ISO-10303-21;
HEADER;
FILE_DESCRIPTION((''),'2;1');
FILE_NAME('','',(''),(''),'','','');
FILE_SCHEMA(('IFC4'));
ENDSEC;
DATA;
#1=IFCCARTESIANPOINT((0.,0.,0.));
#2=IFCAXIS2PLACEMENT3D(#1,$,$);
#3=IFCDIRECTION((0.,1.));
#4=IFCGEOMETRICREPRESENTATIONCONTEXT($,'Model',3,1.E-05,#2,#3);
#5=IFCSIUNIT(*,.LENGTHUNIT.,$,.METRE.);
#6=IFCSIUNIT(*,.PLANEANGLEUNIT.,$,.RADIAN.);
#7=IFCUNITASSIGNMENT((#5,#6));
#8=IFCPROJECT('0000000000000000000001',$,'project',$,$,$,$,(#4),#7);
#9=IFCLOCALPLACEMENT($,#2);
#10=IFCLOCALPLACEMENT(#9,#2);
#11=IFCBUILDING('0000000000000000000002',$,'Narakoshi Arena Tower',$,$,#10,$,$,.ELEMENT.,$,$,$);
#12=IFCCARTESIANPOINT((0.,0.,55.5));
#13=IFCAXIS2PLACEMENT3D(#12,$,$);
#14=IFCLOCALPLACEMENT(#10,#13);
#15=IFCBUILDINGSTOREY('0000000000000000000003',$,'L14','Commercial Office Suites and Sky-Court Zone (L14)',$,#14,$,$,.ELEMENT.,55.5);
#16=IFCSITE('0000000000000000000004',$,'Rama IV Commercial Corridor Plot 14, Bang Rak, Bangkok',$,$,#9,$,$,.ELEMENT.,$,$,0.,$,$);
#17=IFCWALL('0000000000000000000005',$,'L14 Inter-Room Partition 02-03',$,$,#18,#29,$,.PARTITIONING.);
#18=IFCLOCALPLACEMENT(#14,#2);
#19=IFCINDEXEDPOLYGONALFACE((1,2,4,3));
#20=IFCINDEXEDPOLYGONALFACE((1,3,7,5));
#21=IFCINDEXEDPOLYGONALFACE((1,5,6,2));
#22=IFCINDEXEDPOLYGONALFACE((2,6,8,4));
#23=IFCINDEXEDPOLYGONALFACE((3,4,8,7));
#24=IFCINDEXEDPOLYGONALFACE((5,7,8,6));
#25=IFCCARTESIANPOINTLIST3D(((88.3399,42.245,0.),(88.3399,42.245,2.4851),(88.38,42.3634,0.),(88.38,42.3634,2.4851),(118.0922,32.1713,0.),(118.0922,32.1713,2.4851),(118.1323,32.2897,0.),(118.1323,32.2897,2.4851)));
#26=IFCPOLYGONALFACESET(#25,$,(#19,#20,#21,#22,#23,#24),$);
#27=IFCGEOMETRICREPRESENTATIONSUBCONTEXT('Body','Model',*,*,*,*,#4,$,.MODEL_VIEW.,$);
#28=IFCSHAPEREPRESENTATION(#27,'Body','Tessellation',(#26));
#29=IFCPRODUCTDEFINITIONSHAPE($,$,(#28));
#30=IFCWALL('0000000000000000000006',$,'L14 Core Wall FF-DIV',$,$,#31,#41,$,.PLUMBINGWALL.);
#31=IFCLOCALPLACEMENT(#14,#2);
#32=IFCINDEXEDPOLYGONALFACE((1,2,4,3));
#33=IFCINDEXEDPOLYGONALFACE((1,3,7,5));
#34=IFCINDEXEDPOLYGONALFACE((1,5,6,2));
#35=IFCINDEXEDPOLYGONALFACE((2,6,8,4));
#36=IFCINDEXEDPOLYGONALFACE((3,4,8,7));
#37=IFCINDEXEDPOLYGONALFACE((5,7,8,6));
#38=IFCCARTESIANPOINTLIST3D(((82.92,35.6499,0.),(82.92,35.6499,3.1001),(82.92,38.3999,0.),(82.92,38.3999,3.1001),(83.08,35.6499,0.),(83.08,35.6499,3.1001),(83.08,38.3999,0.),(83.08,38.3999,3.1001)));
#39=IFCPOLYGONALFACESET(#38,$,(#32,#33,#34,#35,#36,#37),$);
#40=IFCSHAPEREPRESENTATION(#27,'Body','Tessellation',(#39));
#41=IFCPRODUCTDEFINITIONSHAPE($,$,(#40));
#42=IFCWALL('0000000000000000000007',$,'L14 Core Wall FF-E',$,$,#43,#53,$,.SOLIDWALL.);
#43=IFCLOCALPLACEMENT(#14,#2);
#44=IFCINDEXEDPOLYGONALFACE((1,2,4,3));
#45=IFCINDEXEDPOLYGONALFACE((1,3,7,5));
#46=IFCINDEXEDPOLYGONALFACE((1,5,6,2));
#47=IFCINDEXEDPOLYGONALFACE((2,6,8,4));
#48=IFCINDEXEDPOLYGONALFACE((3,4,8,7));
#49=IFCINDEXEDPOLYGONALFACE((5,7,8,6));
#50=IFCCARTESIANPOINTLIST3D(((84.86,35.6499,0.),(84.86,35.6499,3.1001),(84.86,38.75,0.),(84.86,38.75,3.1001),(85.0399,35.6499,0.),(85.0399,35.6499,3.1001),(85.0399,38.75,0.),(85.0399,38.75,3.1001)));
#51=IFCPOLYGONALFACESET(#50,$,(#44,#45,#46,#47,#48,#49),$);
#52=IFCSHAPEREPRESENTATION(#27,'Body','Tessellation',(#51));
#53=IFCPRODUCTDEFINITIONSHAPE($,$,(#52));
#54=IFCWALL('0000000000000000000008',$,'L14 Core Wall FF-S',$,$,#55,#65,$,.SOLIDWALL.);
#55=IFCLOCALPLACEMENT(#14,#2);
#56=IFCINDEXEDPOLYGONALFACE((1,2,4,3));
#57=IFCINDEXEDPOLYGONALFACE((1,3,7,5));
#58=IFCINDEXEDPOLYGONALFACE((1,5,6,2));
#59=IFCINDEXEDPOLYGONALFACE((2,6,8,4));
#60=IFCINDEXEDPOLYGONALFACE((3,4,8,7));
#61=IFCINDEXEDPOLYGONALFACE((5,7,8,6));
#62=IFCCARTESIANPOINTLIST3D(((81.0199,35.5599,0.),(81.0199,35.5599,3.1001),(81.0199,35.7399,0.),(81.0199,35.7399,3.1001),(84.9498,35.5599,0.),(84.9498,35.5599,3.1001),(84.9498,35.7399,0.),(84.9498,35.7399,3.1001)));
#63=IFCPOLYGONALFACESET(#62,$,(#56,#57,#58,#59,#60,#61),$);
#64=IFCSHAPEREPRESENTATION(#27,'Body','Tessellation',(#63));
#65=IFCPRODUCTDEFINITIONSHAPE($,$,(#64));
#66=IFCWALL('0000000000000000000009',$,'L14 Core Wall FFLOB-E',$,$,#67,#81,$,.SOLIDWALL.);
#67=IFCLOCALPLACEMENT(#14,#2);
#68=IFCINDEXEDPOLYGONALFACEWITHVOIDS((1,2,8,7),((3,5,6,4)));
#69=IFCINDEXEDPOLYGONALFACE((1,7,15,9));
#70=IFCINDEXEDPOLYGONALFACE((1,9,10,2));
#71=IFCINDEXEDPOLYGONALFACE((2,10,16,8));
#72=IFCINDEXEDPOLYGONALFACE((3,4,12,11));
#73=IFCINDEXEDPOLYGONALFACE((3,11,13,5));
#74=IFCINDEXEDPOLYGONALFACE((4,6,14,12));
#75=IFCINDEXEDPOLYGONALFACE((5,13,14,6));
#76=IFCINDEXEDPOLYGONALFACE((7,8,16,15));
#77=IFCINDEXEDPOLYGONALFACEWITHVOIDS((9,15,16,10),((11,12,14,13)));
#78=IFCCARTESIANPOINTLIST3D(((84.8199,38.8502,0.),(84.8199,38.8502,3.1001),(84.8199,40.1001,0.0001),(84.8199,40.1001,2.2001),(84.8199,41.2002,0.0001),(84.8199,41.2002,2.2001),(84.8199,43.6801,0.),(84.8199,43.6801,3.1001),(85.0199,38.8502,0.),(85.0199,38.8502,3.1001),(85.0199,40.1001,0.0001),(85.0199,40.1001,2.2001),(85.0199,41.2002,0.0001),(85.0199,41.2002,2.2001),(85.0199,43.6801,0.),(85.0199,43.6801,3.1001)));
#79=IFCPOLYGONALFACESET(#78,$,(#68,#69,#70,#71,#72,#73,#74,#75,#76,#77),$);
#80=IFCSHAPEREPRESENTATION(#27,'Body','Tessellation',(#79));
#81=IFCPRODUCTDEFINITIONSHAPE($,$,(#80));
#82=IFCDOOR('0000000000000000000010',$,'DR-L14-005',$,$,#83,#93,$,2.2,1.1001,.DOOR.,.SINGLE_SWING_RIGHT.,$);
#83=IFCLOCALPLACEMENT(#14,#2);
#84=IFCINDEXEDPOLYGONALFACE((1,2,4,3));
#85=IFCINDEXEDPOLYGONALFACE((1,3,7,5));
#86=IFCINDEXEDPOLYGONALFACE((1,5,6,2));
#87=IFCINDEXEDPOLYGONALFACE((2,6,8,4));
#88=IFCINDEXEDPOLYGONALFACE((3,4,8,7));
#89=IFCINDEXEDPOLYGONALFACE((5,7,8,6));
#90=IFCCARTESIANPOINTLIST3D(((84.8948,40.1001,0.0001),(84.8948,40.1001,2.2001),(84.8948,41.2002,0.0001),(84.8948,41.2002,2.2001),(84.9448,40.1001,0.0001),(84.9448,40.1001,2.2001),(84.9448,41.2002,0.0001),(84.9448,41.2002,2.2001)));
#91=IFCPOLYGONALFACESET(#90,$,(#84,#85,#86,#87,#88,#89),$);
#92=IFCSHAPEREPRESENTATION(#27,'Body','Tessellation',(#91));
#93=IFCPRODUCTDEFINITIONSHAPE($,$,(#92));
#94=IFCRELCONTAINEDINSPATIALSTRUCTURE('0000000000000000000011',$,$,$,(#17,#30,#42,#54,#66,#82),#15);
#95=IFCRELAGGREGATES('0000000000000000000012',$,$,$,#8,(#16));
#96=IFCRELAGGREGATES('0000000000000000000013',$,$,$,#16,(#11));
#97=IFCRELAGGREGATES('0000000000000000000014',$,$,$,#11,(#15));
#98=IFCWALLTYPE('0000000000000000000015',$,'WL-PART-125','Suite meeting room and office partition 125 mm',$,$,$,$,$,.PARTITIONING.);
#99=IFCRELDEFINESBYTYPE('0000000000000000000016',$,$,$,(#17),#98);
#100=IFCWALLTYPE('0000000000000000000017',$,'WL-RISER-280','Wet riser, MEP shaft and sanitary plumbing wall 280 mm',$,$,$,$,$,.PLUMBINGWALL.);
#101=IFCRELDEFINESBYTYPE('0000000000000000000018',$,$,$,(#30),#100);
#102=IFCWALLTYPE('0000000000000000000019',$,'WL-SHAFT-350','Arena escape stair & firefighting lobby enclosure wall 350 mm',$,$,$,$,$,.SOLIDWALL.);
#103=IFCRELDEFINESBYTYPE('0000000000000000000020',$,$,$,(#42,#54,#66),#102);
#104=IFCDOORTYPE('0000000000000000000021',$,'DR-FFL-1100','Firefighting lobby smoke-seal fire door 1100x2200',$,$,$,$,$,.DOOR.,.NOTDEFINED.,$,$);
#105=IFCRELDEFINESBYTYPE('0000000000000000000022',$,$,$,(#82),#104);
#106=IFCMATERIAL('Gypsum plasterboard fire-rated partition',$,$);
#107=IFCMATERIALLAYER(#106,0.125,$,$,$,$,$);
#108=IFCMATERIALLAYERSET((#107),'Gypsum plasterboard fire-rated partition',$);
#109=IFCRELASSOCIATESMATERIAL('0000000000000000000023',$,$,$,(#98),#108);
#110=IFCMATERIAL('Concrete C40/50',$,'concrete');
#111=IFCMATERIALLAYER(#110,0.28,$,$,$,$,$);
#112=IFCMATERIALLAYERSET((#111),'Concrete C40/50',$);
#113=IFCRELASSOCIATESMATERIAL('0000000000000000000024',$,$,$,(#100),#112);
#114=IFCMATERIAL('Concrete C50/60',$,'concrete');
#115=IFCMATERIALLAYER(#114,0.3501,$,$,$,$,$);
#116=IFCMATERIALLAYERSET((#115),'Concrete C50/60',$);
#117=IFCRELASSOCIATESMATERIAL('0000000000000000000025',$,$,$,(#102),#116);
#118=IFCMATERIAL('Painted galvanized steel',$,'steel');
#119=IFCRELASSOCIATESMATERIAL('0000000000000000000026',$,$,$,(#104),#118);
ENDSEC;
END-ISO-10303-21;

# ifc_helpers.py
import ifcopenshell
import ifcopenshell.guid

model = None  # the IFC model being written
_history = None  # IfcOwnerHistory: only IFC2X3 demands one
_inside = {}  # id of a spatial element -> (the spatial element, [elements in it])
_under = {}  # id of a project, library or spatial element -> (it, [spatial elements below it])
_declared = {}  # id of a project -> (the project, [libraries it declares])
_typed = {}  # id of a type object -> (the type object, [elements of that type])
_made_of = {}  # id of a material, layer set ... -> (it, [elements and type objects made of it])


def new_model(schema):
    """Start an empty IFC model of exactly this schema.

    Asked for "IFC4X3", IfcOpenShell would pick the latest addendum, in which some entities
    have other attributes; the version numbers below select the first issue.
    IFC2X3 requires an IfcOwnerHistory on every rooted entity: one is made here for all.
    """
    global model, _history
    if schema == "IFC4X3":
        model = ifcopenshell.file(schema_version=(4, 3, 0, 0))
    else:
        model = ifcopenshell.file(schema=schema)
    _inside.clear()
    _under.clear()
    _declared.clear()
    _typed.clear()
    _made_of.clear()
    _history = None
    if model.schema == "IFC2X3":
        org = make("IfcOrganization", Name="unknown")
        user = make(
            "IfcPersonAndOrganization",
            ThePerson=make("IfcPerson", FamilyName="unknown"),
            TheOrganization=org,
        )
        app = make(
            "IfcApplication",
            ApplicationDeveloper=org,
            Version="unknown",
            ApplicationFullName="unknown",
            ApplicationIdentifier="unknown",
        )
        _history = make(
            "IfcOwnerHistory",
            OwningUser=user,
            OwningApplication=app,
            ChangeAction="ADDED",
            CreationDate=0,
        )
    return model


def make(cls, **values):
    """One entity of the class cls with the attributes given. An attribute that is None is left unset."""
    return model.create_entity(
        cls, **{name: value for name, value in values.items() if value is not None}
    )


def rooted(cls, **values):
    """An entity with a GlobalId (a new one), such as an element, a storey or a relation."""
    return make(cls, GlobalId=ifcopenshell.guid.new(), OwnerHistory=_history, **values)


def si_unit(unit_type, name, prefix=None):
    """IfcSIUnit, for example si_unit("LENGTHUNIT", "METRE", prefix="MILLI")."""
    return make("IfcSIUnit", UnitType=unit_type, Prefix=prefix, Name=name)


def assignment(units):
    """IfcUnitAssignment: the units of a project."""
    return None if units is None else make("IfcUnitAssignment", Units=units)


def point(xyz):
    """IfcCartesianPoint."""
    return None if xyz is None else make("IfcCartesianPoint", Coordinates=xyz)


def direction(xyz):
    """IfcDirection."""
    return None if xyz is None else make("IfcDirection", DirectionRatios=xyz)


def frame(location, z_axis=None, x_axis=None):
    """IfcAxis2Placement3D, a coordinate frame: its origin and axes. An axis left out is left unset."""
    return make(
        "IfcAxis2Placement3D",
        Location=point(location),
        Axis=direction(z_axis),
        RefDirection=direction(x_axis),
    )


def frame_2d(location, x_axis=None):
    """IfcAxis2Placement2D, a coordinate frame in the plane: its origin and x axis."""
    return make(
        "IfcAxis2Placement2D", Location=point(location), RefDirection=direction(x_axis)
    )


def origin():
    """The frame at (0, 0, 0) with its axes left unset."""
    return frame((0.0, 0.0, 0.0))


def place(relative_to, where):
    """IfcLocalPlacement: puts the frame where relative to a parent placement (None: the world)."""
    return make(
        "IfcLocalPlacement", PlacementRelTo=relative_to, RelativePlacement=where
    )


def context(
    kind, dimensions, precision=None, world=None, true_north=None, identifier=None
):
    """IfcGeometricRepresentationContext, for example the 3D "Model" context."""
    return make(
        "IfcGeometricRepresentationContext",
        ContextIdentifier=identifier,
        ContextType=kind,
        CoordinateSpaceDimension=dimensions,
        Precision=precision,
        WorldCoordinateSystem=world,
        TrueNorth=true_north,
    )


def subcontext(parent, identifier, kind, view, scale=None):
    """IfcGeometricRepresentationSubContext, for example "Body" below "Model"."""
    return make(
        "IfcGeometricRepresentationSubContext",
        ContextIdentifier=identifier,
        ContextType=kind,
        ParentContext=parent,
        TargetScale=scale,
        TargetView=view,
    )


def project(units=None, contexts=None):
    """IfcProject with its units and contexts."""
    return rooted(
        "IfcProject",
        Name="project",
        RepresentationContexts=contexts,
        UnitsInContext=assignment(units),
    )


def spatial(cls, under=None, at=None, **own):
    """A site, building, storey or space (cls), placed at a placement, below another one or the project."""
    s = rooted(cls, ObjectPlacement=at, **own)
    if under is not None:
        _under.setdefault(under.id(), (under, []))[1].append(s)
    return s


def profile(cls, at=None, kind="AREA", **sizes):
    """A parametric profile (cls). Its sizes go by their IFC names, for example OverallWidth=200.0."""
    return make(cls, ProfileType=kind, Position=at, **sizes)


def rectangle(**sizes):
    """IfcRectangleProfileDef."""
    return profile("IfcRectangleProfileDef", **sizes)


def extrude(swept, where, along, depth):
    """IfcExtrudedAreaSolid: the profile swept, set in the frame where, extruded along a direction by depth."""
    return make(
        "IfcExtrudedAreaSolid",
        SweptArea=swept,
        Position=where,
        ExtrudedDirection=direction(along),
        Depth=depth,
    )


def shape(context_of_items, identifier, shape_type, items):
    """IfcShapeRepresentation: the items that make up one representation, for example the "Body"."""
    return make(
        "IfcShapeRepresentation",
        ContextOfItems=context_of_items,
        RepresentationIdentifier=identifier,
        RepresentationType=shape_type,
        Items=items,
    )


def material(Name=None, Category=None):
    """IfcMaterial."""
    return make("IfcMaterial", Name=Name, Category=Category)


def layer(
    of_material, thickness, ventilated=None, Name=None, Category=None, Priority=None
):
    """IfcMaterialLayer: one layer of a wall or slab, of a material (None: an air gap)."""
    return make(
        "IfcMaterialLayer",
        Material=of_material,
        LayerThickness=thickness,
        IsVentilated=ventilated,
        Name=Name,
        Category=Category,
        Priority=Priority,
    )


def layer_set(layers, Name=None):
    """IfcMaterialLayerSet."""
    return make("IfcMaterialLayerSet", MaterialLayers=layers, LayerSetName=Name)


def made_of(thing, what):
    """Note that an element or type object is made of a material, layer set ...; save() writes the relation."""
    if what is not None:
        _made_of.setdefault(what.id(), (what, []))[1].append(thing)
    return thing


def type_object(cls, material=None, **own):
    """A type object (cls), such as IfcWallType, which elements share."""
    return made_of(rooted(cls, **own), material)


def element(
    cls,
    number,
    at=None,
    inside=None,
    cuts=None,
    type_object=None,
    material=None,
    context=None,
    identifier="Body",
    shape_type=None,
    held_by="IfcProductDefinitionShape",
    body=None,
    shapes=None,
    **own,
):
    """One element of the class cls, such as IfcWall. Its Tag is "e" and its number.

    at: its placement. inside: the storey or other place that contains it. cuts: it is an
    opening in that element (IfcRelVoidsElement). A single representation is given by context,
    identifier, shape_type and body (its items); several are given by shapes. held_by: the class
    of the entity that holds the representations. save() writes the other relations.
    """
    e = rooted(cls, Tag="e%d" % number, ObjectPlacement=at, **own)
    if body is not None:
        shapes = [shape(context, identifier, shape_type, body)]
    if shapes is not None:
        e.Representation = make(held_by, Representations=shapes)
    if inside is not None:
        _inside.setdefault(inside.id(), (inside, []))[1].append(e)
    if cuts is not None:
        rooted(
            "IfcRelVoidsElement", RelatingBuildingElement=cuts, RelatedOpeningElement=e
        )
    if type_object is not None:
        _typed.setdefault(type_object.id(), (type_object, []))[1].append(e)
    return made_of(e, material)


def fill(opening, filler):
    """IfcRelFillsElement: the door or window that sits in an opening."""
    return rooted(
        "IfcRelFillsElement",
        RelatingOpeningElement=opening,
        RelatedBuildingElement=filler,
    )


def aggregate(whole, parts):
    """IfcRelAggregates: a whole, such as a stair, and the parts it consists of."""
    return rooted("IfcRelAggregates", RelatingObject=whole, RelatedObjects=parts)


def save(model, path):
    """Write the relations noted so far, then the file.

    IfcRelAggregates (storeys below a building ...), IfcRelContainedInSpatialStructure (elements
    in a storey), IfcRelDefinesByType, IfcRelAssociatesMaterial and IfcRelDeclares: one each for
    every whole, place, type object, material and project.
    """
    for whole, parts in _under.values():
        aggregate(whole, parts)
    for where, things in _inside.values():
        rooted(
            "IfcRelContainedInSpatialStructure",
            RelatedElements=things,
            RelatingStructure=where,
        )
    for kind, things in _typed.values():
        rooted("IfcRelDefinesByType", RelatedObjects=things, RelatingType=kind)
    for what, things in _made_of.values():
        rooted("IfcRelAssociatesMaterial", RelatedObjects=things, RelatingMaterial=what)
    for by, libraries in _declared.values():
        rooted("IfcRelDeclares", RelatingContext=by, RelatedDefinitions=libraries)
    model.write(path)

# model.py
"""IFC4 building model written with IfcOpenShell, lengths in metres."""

from ifc_helpers import new_model, si_unit, direction, frame, frame_2d, origin, place, context, subcontext, project, spatial, rectangle, extrude, material, layer, layer_set, type_object, element, fill, save


model = new_model("IFC4")

# Units and contexts
model_context = context("Model", 3, precision=1e-05, world=origin(), true_north=direction((0.0, 1.0)))
body_context = subcontext(model_context, "Body", "Model", "MODEL_VIEW")
ifc_project = project(units=[si_unit("LENGTHUNIT", "METRE"), si_unit("PLANEANGLEUNIT", "RADIAN")], contexts=[model_context])

# Site, building, storey
site_placement = place(None, origin())
site = spatial("IfcSite", under=ifc_project, at=site_placement, Name="Rama IV Commercial Corridor Plot 14, Bang Rak, Bangkok", CompositionType="ELEMENT", RefElevation=0.0)
building_placement = place(site_placement, origin())
building = spatial("IfcBuilding", under=site, at=building_placement, Name="Narakoshi Arena Tower", CompositionType="ELEMENT")
storey_placement = place(building_placement, frame((0.0, 0.0, 55.5)))
storey = spatial("IfcBuildingStorey", under=building, at=storey_placement, Name="L14", Description="Commercial Office Suites and Sky-Court Zone (L14)", CompositionType="ELEMENT", Elevation=55.5)

# Shared definitions
ifc_material_1 = material(Name="Gypsum plasterboard fire-rated partition")

# Walls
ifc_layer_1 = layer(ifc_material_1, 0.125)
ifc_layer_set_1 = layer_set([ifc_layer_1], Name="Gypsum plasterboard fire-rated partition")
wall_type_1 = type_object("IfcWallType", Name="WL-PART-125", Description="Suite meeting room and office partition 125 mm", PredefinedType="PARTITIONING", material=ifc_layer_set_1)
wall_1_placement = place(storey_placement, frame((88.3601, 42.3042, 0.0), z_axis=(0.0, 0.0, 1.0), x_axis=(0.94718, -0.320703, 0.0)))
element("IfcWall", 1, at=wall_1_placement, inside=storey, type_object=wall_type_1, Name="L14 Inter-Room Partition 02-03", PredefinedType="PARTITIONING", context=body_context, shape_type="SweptSolid", body=[
    extrude(rectangle(XDim=31.4114, YDim=0.125, at=frame_2d((15.7056, 0.0))), origin(), (0.0, 0.0, 1.0), 2.4851),
])
ifc_material_2 = material(Name="Concrete C40/50", Category="concrete")
ifc_layer_2 = layer(ifc_material_2, 0.28)
ifc_layer_set_2 = layer_set([ifc_layer_2], Name="Concrete C40/50")
wall_type_2 = type_object("IfcWallType", Name="WL-RISER-280", Description="Wet riser, MEP shaft and sanitary plumbing wall 280 mm", PredefinedType="PLUMBINGWALL", material=ifc_layer_set_2)
wall_2_placement = place(storey_placement, frame((83.0, 35.6499, 0.0), z_axis=(0.0, 0.0, 1.0), x_axis=(0.0, 1.0, 0.0)))
element("IfcWall", 2, at=wall_2_placement, inside=storey, type_object=wall_type_2, Name="L14 Core Wall FF-DIV", PredefinedType="PLUMBINGWALL", context=body_context, shape_type="SweptSolid", body=[
    extrude(rectangle(XDim=2.75, YDim=0.1599, at=frame_2d((1.375, 0.0))), origin(), (0.0, 0.0, 1.0), 3.1001),
])
ifc_material_3 = material(Name="Concrete C50/60", Category="concrete")
ifc_layer_3 = layer(ifc_material_3, 0.3501)
ifc_layer_set_3 = layer_set([ifc_layer_3], Name="Concrete C50/60")
wall_type_3 = type_object("IfcWallType", Name="WL-SHAFT-350", Description="Arena escape stair & firefighting lobby enclosure wall 350 mm", PredefinedType="SOLIDWALL", material=ifc_layer_set_3)
wall_3_placement = place(storey_placement, frame((84.95, 35.6499, 0.0), z_axis=(0.0, 0.0, 1.0), x_axis=(0.0, 1.0, 0.0)))
element("IfcWall", 3, at=wall_3_placement, inside=storey, type_object=wall_type_3, Name="L14 Core Wall FF-E", PredefinedType="SOLIDWALL", context=body_context, shape_type="SweptSolid", body=[
    extrude(rectangle(XDim=3.1001, YDim=0.1799, at=frame_2d((1.55, 0.0))), origin(), (0.0, 0.0, 1.0), 3.1001),
])
wall_4_placement = place(storey_placement, frame((81.02, 35.6499, 0.0), z_axis=(0.0, 0.0, 1.0), x_axis=(1.0, 0.0, 0.0)))
element("IfcWall", 4, at=wall_4_placement, inside=storey, type_object=wall_type_3, Name="L14 Core Wall FF-S", PredefinedType="SOLIDWALL", context=body_context, shape_type="SweptSolid", body=[
    extrude(rectangle(XDim=3.9299, YDim=0.1799, at=frame_2d((1.9648, 0.0))), origin(), (0.0, 0.0, 1.0), 3.1001),
])

# Wall, opening, door
wall_5_placement = place(storey_placement, frame((84.9199, 38.8501, 0.0), z_axis=(0.0, 0.0, 1.0), x_axis=(0.0, 1.0, 0.0)))
wall_5 = element("IfcWall", 5, at=wall_5_placement, inside=storey, type_object=wall_type_3, Name="L14 Core Wall FFLOB-E", PredefinedType="SOLIDWALL", context=body_context, shape_type="SweptSolid", body=[
    extrude(rectangle(XDim=4.8298, YDim=0.2, at=frame_2d((2.415, 0.0))), origin(), (0.0, 0.0, 1.0), 3.1001),
])
opening_1_placement = place(wall_5_placement, frame((1.25, 0.0, 0.0)))
opening_1 = element("IfcOpeningElement", 6, at=opening_1_placement, cuts=wall_5, PredefinedType="OPENING", context=body_context, shape_type="SweptSolid", body=[
    extrude(rectangle(XDim=1.1001, YDim=2.2, at=frame_2d((0.55, 1.1001))), frame((0.0, 0.1099, 0.0), z_axis=(0.0, -1.0, 0.0), x_axis=(1.0, 0.0, 0.0)), (0.0, 0.0, 1.0), 0.22),
])
ifc_material_4 = material(Name="Painted galvanized steel", Category="steel")
door_type_1 = type_object("IfcDoorType", Name="DR-FFL-1100", Description="Firefighting lobby smoke-seal fire door 1100x2200", OperationType="NOTDEFINED", PredefinedType="DOOR", material=ifc_material_4)
door_1_placement = place(opening_1_placement, frame((1.1001, 0.0, 0.0), z_axis=(0.0, 0.0, 1.0), x_axis=(-1.0, 0.0, 0.0)))
door_1 = element("IfcDoor", 7, at=door_1_placement, inside=storey, type_object=door_type_1, Name="DR-L14-005", OperationType="SINGLE_SWING_RIGHT", OverallHeight=2.2, OverallWidth=1.1001, PredefinedType="DOOR", context=body_context, shape_type="SweptSolid", body=[
    extrude(rectangle(XDim=1.1001, YDim=2.2, at=frame_2d((0.55, 1.1001))), frame((0.0, 0.0249, 0.0), z_axis=(0.0, -1.0, 0.0), x_axis=(1.0, 0.0, 0.0)), (0.0, 0.0, 1.0), 0.05),
])
fill(opening_1, door_1)

save(model, "model.ifc")
